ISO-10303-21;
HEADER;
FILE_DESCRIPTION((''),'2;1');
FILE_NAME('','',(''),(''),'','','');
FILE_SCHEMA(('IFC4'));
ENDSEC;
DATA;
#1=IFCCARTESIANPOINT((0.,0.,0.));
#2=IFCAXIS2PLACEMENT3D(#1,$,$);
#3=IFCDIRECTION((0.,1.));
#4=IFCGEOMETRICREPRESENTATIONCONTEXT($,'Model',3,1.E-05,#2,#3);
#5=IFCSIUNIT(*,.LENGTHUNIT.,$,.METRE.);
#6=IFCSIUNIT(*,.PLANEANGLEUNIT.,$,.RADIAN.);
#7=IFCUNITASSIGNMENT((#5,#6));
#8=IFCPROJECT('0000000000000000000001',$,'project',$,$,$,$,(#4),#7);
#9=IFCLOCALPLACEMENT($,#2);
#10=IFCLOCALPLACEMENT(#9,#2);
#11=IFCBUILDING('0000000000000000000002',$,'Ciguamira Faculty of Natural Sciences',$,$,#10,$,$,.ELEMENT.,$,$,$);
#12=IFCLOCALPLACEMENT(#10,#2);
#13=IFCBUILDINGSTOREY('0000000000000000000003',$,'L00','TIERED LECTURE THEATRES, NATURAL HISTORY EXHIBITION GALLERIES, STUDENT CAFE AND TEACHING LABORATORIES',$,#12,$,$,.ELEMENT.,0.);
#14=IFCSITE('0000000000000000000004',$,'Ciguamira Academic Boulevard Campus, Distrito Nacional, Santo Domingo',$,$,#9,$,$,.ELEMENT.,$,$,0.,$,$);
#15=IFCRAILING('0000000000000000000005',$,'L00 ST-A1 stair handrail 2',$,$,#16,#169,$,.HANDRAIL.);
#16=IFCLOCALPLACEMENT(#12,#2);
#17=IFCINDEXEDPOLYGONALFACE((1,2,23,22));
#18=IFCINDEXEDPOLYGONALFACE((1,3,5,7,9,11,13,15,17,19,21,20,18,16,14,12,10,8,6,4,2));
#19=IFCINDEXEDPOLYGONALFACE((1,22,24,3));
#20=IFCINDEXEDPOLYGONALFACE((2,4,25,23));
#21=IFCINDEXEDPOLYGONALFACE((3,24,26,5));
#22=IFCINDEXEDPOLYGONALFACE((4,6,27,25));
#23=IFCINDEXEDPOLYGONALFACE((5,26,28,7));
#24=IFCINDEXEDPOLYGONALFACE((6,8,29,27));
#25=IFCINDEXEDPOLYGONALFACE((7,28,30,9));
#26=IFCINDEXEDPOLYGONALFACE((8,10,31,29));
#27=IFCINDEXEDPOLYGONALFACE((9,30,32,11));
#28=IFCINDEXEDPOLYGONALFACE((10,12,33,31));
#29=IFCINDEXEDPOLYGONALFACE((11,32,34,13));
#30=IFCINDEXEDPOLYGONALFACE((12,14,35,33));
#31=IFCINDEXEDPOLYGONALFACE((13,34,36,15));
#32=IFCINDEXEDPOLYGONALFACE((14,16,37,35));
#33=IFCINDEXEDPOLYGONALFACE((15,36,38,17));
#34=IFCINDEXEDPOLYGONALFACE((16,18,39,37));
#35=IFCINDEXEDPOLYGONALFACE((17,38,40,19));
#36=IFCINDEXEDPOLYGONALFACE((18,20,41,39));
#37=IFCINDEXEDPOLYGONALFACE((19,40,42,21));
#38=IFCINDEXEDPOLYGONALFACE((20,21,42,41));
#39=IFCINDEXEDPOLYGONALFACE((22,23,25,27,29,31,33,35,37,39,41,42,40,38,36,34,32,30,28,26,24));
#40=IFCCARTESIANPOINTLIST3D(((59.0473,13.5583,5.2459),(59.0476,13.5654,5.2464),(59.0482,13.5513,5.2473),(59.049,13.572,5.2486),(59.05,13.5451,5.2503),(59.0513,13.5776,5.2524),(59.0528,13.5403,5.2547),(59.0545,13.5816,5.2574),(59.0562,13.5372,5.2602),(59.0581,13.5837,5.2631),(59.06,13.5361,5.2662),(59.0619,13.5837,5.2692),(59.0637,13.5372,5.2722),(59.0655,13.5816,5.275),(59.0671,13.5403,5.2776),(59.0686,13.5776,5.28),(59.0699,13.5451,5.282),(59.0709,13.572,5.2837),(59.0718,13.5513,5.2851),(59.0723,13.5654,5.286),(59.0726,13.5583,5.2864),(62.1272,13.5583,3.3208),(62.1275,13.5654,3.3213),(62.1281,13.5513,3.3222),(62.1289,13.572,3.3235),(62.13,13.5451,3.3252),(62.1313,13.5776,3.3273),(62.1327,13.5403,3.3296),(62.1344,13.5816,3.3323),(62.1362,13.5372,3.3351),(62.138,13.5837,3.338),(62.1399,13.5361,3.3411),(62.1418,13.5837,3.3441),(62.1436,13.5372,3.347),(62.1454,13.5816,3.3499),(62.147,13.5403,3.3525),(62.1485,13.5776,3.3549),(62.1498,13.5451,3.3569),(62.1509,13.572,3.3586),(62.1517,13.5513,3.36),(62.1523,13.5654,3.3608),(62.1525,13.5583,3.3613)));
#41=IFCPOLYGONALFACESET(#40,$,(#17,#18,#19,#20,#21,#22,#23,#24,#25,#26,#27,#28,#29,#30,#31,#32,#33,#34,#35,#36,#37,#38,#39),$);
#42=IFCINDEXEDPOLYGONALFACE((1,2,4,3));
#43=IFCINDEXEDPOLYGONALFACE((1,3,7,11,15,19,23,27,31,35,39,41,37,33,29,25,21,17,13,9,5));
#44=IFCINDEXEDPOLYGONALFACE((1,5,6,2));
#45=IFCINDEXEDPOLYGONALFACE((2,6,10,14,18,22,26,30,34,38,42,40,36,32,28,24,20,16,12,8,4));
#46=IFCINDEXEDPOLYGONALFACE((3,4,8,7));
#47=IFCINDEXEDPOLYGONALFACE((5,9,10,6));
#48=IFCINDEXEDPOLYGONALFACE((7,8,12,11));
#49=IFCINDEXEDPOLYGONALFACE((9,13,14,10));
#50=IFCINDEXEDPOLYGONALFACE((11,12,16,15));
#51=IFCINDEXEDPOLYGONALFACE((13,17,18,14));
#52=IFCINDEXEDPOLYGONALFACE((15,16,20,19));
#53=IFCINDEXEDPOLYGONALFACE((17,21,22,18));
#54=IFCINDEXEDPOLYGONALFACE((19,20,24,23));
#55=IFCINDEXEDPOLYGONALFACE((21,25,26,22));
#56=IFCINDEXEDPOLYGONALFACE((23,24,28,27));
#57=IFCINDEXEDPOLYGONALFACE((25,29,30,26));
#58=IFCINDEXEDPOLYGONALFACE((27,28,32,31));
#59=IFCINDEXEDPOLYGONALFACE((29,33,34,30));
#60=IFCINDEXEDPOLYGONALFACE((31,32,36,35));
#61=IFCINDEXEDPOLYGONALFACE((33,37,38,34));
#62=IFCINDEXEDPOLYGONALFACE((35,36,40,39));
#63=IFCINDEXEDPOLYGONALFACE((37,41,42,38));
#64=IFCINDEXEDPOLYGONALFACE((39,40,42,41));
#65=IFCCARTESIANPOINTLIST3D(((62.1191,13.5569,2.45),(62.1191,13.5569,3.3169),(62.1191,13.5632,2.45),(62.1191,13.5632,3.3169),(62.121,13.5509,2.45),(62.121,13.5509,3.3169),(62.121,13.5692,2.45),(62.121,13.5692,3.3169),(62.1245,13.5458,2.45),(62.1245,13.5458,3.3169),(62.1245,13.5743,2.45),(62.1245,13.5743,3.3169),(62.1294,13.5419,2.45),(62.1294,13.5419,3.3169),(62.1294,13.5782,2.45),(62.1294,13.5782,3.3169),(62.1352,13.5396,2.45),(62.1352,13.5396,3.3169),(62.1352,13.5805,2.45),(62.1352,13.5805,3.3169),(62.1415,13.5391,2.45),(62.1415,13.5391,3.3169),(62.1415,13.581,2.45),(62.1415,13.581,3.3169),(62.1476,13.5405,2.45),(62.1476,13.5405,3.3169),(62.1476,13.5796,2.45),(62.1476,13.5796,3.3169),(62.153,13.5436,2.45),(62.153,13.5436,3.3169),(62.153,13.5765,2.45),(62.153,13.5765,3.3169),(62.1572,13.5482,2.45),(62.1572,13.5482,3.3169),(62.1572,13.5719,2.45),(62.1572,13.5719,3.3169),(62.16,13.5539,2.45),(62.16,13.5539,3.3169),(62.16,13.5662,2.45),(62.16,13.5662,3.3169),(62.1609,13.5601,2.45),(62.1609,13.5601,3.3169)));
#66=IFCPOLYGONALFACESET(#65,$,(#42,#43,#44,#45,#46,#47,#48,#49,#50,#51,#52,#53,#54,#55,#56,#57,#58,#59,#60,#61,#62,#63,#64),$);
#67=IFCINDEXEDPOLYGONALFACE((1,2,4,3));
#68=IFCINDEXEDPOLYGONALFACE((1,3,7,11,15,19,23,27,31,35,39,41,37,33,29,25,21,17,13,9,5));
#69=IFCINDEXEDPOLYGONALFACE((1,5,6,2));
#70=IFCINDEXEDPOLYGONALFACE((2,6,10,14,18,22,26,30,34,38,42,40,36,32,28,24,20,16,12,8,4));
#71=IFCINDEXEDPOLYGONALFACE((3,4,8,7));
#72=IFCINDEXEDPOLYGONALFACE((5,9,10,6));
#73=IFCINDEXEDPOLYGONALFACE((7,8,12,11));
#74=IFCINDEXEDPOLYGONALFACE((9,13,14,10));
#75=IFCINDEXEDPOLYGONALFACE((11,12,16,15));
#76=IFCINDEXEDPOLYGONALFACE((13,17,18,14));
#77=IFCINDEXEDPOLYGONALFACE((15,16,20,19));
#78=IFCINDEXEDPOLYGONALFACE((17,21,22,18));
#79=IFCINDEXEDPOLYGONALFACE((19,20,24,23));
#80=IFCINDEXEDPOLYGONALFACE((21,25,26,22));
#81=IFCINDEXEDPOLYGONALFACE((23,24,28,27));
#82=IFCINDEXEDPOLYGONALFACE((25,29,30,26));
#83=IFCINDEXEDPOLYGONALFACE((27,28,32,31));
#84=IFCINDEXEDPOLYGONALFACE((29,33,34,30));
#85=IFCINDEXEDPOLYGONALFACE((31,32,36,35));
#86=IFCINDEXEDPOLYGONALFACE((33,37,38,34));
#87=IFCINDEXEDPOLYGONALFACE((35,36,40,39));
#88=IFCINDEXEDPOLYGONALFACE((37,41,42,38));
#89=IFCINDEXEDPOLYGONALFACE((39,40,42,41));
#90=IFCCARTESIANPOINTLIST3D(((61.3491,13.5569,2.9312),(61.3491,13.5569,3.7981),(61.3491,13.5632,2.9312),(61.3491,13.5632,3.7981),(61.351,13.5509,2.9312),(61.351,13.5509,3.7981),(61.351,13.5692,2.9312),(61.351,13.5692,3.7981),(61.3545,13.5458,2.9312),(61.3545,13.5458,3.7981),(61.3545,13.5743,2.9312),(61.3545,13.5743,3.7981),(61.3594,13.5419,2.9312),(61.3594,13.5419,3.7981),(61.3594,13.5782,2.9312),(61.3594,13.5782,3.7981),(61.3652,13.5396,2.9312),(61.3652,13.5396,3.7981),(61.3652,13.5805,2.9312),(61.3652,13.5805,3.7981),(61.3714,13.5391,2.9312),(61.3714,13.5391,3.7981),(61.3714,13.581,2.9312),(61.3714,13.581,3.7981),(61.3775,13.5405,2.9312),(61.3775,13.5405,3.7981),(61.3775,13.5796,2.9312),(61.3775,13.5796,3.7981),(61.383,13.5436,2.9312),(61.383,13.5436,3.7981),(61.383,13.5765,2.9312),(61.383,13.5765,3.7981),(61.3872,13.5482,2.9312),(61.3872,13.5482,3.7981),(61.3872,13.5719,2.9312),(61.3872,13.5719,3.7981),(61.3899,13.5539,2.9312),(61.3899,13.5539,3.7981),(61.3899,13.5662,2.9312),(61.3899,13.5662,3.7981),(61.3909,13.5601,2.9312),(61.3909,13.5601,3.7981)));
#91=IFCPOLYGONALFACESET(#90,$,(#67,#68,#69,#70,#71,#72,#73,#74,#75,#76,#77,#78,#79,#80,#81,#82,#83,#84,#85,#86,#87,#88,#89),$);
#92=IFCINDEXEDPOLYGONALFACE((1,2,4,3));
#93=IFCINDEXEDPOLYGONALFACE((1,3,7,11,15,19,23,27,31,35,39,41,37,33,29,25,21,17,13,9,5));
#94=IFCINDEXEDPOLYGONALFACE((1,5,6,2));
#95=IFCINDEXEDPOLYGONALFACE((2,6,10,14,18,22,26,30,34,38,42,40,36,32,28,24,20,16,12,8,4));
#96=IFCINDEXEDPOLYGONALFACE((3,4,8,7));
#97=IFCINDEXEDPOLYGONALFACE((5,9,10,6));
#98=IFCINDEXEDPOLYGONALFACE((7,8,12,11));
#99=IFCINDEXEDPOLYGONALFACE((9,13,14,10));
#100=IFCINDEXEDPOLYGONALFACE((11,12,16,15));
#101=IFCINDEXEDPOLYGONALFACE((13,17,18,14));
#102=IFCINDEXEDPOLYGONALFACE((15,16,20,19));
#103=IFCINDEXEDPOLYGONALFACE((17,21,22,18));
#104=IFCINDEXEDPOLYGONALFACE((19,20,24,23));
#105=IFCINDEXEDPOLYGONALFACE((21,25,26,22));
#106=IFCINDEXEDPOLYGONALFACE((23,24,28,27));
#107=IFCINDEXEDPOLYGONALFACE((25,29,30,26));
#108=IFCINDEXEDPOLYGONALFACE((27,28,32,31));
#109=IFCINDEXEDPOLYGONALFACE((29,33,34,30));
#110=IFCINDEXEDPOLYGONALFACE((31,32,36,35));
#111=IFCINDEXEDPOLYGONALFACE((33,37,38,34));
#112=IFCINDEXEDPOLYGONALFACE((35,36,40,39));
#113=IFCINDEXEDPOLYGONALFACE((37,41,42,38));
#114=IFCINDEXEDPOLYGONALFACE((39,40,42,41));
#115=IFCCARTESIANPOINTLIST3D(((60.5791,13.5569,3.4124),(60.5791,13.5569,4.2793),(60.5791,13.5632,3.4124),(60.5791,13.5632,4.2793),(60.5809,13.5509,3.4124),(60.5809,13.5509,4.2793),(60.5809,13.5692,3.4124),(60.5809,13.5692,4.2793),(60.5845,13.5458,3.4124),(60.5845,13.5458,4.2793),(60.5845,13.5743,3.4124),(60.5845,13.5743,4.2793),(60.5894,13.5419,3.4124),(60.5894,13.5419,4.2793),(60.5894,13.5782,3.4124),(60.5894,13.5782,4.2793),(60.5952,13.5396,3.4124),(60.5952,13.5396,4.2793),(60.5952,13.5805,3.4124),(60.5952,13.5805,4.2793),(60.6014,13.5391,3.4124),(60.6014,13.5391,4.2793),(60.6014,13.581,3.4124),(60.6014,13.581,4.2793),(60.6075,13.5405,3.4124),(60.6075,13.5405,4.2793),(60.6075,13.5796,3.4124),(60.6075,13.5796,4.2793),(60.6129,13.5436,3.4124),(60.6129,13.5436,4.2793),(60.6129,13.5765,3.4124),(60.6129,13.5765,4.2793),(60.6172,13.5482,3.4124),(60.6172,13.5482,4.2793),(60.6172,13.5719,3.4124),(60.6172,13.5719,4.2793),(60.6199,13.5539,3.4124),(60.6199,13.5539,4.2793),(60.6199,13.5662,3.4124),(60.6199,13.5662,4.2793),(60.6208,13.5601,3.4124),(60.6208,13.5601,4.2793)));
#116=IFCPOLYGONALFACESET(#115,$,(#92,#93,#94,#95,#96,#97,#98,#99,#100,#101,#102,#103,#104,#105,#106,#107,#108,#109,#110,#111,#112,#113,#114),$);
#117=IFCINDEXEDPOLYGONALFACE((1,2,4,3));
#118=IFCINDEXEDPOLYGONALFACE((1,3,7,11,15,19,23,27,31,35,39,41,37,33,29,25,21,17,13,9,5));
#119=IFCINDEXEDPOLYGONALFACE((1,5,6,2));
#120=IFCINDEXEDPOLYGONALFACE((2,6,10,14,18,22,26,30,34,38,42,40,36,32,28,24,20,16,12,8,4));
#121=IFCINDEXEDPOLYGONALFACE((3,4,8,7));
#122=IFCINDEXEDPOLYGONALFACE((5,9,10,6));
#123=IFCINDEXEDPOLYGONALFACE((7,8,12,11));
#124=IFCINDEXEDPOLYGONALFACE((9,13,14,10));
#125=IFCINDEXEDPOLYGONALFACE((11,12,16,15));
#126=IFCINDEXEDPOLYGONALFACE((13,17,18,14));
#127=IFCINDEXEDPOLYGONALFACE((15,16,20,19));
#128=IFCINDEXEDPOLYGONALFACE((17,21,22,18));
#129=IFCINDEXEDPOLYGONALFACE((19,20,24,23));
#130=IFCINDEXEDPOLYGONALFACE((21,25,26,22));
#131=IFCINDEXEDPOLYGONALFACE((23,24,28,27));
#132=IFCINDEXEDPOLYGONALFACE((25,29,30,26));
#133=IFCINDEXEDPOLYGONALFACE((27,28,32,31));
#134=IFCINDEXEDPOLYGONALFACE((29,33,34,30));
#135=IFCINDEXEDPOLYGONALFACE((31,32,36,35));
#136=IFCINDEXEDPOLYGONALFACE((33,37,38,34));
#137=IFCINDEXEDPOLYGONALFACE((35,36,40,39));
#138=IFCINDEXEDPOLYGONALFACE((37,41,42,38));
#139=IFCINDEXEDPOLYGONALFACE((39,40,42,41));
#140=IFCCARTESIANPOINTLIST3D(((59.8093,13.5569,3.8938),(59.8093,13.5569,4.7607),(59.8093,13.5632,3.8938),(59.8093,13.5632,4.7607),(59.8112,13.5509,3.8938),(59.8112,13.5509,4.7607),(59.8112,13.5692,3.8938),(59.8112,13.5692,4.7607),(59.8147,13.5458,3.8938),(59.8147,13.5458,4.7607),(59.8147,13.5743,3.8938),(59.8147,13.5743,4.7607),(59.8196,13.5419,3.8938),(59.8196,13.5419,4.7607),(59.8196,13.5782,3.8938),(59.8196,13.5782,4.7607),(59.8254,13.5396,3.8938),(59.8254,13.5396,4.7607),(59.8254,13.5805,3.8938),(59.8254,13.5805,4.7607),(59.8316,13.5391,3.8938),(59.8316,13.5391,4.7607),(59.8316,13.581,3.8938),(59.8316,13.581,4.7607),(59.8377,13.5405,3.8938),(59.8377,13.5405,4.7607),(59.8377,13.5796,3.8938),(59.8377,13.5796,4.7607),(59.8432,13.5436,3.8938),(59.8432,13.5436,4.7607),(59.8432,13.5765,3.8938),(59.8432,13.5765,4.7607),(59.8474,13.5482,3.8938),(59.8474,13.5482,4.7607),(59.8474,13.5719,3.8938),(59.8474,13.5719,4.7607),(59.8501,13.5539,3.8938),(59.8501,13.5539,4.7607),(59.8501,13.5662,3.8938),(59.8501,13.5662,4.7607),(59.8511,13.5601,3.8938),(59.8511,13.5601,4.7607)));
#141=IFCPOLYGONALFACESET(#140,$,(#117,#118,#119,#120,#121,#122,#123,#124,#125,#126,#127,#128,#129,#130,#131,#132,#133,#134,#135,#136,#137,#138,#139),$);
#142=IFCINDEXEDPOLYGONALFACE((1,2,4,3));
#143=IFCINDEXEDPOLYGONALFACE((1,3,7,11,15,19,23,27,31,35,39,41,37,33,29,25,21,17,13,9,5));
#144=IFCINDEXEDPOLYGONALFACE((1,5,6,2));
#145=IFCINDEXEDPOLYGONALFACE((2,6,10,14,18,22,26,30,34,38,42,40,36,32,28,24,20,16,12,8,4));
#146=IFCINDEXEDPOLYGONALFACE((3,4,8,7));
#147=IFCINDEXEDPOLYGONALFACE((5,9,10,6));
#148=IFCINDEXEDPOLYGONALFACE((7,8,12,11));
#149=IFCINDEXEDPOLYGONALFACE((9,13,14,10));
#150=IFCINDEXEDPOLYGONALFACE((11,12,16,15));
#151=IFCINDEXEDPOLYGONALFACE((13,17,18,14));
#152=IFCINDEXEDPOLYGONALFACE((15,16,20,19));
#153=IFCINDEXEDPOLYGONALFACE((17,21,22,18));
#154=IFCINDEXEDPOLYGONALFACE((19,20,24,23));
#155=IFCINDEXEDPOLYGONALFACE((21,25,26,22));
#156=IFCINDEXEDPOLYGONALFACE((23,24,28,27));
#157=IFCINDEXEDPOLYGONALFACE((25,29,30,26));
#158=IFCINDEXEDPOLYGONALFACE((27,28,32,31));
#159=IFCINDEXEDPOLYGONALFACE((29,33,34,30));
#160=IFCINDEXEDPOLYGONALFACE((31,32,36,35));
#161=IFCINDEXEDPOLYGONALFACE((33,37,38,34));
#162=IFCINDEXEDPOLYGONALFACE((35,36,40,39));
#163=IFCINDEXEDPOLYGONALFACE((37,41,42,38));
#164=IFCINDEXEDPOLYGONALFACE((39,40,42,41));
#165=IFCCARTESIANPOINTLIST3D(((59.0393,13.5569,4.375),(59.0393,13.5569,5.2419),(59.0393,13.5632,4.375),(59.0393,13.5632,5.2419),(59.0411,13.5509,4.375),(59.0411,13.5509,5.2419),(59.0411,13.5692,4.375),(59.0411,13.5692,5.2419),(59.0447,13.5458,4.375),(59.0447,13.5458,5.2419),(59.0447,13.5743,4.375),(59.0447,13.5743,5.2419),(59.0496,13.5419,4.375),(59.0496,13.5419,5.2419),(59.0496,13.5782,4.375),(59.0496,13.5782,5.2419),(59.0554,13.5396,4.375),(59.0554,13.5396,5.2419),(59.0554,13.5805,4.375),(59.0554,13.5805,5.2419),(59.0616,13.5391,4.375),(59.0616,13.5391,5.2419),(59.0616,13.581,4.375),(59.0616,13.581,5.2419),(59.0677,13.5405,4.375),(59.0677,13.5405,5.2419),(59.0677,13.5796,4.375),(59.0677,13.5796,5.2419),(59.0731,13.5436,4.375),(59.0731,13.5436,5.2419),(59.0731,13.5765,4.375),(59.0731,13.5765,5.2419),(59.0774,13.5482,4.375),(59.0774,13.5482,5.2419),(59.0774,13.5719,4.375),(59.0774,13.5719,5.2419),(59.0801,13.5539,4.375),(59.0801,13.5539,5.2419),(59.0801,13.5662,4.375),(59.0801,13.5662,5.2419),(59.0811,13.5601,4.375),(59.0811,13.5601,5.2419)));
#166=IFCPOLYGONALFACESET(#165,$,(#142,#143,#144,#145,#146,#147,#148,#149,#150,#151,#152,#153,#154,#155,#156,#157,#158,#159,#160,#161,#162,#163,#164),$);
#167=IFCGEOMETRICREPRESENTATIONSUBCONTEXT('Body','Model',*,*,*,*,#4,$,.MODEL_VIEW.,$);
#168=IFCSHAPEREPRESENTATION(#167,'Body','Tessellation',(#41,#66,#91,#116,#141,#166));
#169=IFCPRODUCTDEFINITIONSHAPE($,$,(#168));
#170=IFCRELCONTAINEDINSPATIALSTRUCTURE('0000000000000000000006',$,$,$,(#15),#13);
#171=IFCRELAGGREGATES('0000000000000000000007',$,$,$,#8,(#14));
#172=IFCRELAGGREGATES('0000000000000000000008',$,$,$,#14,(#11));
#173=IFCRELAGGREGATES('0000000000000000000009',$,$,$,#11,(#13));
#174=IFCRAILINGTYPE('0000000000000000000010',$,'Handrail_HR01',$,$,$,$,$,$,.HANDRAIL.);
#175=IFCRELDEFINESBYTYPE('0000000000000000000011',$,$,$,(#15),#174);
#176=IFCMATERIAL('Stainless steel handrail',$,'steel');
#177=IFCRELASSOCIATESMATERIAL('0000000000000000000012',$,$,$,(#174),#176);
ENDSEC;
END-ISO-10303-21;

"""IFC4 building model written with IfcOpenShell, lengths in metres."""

from ifc_helpers import new_model, si_unit, direction, frame, origin, origin_2d, place, context, subcontext, project, spatial, circle, extrude, material, type_object, element, save


model = new_model("IFC4")

# Units and contexts
model_context = context("Model", 3, precision=1e-05, world=origin(), true_north=direction((0.0, 1.0)))
body_context = subcontext(model_context, "Body", "Model", "MODEL_VIEW")
ifc_project = project(units=[si_unit("LENGTHUNIT", "METRE"), si_unit("PLANEANGLEUNIT", "RADIAN")], contexts=[model_context])

# Site, building, storey
site_placement = place(None, origin())
site = spatial("IfcSite", under=ifc_project, at=site_placement, Name="Ciguamira Academic Boulevard Campus, Distrito Nacional, Santo Domingo", CompositionType="ELEMENT", RefElevation=0.0)
building_placement = place(site_placement, origin())
building = spatial("IfcBuilding", under=site, at=building_placement, Name="Ciguamira Faculty of Natural Sciences", CompositionType="ELEMENT")
storey_placement = place(building_placement, origin())
storey = spatial("IfcBuildingStorey", under=building, at=storey_placement, Name="L00", Description="TIERED LECTURE THEATRES, NATURAL HISTORY EXHIBITION GALLERIES, STUDENT CAFE AND TEACHING LABORATORIES", CompositionType="ELEMENT", Elevation=0.0)

# Railing
ifc_material_1 = material(Name="Stainless steel handrail", Category="steel")
railing_type_1 = type_object("IfcRailingType", Name="Handrail_HR01", PredefinedType="HANDRAIL", material=ifc_material_1)
railing_1_placement = place(storey_placement, frame((62.1399, 13.5601, 2.45)))
element("IfcRailing", 1, at=railing_1_placement, inside=storey, type_object=railing_type_1, Name="L00 ST-A1 stair handrail 2", PredefinedType="HANDRAIL", context=body_context, shape_type="SweptSolid", body=[
    extrude(circle(Radius=0.0239, at=origin_2d()), frame((0.0, 0.0, 0.8911), z_axis=(-0.847979, 0.0, 0.530029), x_axis=(0.0, -1.0, 0.0)), (0.0, 0.0, 1.0), 3.6321),
    extrude(circle(Radius=0.021, at=origin_2d()), origin(), (0.0, 0.0, 1.0), 0.8669),
    extrude(circle(Radius=0.021, at=origin_2d()), frame((-0.77, 0.0, 0.4812)), (0.0, 0.0, 1.0), 0.8669),
    extrude(circle(Radius=0.021, at=origin_2d()), frame((-1.54, 0.0, 0.9624)), (0.0, 0.0, 1.0), 0.8669),
    extrude(circle(Radius=0.021, at=origin_2d()), frame((-2.3098, 0.0, 1.4438)), (0.0, 0.0, 1.0), 0.8669),
    extrude(circle(Radius=0.021, at=origin_2d()), frame((-3.0798, 0.0, 1.925)), (0.0, 0.0, 1.0), 0.8669),
])

save(model, "model.ifc")
